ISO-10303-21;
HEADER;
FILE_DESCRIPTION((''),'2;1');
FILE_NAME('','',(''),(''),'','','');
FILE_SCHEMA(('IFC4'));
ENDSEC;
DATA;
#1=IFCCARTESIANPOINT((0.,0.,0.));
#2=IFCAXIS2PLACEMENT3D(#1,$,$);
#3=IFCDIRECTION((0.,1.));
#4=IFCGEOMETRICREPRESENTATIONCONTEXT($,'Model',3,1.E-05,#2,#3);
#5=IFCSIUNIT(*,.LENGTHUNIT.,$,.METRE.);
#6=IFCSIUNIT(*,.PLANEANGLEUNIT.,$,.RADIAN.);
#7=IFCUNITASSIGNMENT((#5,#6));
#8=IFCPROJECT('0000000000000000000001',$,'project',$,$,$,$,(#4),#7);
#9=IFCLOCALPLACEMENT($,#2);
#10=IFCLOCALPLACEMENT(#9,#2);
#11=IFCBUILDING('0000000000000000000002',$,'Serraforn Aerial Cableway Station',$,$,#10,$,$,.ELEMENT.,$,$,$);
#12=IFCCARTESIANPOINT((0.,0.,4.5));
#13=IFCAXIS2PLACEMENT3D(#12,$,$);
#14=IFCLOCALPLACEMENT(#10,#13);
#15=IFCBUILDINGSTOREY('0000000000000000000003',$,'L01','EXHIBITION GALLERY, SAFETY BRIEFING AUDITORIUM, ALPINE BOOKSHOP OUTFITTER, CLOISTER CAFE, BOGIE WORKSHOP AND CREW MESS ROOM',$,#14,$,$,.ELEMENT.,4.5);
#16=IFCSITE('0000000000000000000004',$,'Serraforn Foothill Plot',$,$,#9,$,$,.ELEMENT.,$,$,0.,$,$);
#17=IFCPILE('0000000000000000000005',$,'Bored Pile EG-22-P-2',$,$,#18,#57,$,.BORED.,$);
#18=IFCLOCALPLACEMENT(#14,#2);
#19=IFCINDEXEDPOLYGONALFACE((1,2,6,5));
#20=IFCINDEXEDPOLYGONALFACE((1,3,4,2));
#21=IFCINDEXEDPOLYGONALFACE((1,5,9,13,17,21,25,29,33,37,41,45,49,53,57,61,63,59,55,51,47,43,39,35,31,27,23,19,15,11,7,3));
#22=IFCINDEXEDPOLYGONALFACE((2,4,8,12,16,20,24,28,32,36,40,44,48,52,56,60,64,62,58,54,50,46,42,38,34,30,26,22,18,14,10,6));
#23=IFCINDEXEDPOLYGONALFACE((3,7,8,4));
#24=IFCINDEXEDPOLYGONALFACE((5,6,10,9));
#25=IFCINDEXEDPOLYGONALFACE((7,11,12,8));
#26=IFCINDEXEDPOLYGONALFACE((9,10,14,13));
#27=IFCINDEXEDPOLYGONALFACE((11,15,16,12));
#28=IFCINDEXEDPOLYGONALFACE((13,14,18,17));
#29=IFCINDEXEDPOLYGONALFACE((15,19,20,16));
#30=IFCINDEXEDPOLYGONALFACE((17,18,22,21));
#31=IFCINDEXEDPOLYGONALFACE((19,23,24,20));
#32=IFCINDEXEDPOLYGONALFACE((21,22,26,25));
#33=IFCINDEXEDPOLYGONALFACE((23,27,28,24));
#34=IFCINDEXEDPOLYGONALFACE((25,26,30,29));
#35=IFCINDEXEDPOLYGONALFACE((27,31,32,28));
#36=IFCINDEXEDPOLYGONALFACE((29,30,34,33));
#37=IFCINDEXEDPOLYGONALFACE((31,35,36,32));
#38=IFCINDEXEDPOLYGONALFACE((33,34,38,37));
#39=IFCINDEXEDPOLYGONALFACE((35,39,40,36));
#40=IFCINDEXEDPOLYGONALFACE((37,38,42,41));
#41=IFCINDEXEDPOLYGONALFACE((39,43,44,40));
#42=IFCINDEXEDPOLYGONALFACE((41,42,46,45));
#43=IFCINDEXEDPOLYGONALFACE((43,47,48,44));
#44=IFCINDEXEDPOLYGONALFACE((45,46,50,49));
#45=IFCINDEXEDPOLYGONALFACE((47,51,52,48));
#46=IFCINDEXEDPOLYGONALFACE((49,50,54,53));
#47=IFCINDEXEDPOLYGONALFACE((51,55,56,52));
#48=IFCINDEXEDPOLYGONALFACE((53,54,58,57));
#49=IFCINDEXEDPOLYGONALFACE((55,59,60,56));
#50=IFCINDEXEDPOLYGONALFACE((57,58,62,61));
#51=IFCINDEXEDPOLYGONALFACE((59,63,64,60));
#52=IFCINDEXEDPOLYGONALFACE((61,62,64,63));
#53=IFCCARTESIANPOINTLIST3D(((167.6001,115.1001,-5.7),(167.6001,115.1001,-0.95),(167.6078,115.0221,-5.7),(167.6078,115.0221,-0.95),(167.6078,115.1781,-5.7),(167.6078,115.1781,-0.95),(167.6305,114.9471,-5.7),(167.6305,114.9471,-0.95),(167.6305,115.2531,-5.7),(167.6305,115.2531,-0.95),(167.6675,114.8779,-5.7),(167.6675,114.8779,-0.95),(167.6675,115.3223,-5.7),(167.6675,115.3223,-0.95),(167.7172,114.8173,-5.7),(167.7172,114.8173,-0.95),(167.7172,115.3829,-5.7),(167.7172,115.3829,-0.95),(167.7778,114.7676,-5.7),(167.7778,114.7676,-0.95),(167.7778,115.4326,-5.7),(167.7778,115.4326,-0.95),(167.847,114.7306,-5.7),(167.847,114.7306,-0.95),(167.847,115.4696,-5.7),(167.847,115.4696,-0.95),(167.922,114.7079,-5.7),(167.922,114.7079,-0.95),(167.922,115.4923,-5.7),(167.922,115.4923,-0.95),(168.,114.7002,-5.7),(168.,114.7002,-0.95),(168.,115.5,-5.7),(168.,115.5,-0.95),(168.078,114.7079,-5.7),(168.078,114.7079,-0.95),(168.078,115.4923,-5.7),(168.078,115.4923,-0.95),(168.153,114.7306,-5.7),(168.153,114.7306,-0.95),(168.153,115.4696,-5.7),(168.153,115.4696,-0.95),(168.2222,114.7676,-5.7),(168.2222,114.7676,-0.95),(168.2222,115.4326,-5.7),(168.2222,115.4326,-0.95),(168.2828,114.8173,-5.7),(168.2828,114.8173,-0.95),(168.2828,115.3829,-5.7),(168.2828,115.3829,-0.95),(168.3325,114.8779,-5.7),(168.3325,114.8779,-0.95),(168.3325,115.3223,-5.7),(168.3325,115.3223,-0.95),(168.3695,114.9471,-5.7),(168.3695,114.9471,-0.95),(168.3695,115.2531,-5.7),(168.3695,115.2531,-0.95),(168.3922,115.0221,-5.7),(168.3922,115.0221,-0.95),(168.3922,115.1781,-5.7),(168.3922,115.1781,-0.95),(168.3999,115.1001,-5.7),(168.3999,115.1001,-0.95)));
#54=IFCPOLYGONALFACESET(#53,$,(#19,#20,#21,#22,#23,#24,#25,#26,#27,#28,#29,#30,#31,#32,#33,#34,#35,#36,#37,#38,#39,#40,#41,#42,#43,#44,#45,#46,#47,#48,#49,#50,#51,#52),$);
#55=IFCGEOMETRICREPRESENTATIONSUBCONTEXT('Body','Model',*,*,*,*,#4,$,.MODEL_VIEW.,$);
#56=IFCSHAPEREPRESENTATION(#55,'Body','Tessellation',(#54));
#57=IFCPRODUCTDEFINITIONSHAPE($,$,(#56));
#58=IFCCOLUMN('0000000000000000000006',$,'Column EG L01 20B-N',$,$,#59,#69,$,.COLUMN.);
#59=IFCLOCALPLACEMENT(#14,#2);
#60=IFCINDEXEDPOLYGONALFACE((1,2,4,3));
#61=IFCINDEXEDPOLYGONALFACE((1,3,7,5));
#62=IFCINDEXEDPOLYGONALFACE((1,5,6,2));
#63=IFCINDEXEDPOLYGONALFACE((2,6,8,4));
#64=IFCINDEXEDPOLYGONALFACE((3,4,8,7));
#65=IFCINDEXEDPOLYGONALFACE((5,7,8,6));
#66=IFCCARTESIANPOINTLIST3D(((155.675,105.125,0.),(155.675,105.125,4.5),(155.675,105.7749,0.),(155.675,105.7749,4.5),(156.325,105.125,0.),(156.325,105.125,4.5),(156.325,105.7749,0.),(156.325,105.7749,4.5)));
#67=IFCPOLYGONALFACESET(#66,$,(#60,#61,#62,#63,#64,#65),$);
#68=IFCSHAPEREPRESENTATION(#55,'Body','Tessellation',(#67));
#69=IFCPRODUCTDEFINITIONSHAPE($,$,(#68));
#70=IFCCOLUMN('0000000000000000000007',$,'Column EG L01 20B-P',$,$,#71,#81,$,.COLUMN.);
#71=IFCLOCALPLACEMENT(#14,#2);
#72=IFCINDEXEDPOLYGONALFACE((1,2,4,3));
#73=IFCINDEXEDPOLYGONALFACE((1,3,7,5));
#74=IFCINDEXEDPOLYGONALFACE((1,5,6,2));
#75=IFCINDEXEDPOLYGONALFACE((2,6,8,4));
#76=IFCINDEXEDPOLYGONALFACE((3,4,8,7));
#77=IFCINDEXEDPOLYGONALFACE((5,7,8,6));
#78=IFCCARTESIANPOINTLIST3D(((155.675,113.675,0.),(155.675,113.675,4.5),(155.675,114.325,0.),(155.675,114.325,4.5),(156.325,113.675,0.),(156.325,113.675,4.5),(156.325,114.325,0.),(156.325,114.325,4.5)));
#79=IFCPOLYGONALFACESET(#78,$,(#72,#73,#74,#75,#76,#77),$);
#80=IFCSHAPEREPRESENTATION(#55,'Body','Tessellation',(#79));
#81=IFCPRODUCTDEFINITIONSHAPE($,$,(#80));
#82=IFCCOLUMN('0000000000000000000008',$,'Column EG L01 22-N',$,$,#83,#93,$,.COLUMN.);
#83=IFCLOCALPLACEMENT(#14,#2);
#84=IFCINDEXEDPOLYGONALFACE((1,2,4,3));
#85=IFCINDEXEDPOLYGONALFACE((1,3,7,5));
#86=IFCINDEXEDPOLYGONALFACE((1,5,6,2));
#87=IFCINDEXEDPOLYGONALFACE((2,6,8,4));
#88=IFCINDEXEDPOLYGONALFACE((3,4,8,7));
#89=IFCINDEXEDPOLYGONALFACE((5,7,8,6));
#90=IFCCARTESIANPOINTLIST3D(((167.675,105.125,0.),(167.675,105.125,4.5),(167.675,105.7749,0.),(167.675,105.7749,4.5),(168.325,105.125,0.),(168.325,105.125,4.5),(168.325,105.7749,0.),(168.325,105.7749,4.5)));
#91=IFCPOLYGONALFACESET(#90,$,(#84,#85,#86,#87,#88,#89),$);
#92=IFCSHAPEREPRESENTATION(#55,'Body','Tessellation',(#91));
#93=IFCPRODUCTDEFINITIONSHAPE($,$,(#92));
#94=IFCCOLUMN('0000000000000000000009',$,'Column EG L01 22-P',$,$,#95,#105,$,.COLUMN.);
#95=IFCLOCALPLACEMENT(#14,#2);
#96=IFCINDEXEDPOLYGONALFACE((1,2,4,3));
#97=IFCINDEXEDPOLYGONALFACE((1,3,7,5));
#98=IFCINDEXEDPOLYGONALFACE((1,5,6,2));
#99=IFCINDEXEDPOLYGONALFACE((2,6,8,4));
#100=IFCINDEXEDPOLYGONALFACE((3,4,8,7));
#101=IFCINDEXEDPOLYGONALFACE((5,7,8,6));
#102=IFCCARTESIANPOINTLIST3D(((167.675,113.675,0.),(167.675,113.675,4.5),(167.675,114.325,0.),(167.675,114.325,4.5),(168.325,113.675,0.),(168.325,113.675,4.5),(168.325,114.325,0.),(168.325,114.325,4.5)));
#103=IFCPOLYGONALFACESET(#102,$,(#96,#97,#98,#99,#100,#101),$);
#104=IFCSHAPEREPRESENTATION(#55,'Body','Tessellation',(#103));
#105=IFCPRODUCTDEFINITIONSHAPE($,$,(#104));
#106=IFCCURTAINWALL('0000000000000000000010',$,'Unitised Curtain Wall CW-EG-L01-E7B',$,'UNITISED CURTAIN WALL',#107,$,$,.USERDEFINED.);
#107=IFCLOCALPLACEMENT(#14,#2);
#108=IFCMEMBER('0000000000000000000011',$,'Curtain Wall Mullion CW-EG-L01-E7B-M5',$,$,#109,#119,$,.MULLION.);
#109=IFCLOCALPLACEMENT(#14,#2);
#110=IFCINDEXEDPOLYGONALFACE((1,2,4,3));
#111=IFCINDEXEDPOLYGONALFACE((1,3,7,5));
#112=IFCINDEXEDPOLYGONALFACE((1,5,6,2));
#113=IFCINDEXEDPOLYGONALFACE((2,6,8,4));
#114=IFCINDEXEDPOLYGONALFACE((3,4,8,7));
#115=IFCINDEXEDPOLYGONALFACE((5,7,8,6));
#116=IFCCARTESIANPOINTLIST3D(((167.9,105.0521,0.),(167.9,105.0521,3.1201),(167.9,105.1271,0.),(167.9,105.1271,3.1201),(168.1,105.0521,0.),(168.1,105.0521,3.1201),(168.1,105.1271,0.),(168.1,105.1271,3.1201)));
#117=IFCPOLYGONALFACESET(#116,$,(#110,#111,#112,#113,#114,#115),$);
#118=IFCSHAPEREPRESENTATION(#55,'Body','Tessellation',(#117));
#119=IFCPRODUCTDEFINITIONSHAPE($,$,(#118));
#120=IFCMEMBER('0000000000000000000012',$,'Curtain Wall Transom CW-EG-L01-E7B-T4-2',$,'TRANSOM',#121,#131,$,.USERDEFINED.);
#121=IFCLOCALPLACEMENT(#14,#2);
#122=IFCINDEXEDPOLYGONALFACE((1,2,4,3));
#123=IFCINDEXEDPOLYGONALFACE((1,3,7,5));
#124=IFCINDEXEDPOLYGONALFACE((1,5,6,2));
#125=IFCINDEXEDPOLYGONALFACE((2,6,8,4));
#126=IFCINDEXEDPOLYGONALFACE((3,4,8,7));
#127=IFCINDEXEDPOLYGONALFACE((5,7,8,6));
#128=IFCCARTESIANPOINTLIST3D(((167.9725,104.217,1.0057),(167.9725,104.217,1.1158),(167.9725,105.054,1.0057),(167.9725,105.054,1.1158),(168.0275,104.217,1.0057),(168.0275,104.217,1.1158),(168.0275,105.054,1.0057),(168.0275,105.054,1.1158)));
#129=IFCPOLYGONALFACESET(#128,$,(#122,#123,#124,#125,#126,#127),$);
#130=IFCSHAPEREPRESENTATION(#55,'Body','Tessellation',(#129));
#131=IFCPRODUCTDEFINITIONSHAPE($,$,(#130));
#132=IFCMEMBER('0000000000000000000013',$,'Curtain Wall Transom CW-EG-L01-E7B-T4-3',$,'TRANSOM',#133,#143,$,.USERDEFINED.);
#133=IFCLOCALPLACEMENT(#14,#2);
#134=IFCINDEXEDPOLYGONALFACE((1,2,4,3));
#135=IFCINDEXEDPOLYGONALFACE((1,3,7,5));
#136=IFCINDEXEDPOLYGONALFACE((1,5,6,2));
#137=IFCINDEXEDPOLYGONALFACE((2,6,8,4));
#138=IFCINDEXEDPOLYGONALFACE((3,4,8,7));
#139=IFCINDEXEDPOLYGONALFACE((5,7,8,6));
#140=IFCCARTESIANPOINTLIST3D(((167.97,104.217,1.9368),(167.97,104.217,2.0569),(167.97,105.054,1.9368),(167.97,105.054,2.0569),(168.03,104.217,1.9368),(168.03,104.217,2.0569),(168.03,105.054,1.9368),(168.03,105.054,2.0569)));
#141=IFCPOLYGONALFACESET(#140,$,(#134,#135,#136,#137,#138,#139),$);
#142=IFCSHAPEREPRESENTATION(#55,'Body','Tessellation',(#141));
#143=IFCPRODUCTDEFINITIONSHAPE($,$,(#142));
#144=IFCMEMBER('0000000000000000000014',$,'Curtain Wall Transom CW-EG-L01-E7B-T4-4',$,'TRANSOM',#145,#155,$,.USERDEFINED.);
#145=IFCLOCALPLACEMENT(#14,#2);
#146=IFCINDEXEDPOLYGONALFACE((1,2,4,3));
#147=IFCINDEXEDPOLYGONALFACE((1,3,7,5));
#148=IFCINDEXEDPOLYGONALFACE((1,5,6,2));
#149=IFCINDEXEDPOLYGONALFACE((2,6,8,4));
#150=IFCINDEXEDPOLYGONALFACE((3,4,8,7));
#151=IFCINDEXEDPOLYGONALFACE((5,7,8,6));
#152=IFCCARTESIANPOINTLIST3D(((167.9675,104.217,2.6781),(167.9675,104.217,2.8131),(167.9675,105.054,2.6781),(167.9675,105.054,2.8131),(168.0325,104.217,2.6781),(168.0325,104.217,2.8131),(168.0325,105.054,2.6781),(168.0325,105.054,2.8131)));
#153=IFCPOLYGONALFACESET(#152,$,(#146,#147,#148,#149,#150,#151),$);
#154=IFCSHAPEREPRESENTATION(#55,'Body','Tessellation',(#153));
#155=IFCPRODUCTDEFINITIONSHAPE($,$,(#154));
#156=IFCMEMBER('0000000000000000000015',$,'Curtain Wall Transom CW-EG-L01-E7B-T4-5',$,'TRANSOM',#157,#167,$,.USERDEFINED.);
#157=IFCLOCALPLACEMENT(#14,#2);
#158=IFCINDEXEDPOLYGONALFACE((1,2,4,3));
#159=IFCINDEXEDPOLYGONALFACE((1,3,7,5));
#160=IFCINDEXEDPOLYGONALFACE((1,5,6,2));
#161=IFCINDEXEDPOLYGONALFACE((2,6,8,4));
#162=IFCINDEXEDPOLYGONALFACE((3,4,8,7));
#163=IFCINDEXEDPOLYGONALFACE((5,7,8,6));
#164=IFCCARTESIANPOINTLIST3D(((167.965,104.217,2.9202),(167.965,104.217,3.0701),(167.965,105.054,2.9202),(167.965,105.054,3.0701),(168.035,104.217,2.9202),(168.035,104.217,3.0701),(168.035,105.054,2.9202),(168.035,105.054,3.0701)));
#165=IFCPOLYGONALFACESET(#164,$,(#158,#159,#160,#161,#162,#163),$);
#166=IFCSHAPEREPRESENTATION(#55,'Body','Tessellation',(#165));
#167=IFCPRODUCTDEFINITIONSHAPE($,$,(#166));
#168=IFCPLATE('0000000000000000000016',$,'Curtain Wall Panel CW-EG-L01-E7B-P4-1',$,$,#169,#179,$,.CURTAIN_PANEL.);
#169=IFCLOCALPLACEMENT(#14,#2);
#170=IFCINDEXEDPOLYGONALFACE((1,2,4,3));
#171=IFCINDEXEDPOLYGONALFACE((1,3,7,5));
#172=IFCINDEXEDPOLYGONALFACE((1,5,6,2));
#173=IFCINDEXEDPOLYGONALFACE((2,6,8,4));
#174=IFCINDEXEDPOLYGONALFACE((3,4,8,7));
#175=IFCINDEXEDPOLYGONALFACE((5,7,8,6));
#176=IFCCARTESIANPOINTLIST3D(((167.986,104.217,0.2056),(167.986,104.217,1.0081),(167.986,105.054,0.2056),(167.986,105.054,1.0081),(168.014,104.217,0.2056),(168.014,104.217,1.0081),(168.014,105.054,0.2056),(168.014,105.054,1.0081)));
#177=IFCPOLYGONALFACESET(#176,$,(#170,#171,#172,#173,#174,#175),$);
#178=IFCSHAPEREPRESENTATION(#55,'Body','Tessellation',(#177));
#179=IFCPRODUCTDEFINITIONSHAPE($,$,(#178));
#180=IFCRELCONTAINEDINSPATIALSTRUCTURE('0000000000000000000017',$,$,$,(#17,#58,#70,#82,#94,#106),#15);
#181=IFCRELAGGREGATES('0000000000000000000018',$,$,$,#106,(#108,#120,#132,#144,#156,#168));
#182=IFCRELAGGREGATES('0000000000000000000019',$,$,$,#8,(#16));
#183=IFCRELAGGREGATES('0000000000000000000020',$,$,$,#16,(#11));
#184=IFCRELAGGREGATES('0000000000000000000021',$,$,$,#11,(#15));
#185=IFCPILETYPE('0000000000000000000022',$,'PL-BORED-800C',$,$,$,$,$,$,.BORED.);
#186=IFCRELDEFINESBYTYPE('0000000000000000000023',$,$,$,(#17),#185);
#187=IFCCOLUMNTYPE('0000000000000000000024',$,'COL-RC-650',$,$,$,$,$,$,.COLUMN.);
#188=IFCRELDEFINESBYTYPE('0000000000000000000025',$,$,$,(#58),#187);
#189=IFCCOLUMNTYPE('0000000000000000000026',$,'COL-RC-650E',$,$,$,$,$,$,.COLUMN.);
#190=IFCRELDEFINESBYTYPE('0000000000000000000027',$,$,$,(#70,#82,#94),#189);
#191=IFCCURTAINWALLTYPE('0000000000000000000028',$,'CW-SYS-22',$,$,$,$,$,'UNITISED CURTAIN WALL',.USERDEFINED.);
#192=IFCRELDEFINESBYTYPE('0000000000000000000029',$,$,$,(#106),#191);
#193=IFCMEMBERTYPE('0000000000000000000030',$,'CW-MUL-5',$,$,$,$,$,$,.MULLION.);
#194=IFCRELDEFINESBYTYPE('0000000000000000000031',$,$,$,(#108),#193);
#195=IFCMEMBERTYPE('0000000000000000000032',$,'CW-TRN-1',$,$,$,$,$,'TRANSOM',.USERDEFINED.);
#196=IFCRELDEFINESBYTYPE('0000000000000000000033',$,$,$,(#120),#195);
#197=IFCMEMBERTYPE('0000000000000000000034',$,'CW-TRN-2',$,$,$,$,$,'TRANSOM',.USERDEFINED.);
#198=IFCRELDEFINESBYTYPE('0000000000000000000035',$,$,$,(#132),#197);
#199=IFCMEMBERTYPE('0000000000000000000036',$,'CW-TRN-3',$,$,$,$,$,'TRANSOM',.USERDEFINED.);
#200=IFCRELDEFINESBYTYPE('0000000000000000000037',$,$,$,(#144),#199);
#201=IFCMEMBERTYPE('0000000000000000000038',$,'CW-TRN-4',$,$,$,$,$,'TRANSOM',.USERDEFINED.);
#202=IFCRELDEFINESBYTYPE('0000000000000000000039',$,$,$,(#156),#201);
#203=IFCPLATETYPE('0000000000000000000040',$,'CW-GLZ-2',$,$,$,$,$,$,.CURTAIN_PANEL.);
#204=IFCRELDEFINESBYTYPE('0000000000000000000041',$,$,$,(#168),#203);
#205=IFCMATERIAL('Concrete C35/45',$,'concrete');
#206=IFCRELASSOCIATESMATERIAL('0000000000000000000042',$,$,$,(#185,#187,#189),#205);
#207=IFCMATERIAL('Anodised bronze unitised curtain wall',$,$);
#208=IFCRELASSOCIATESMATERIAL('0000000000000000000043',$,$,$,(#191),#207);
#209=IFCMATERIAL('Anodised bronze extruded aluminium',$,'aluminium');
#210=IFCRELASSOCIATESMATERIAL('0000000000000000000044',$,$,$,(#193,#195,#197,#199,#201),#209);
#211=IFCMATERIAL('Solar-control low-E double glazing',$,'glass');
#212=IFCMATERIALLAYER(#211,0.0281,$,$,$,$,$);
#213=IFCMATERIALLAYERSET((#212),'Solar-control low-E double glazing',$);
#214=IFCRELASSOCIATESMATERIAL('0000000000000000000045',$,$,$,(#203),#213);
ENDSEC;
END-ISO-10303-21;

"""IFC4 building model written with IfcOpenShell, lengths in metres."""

from ifc_helpers import new_model, si_unit, direction, frame, origin, origin_2d, place, context, subcontext, project, spatial, rectangle, circle, extrude, material, layer, layer_set, material_profile, profile_set, type_object, element, aggregate, save


model = new_model("IFC4")

# Units and contexts
model_context = context("Model", 3, precision=1e-05, world=origin(), true_north=direction((0.0, 1.0)))
body_context = subcontext(model_context, "Body", "Model", "MODEL_VIEW")
ifc_project = project(units=[si_unit("LENGTHUNIT", "METRE"), si_unit("PLANEANGLEUNIT", "RADIAN")], contexts=[model_context])

# Site, building, storey
site_placement = place(None, origin())
site = spatial("IfcSite", under=ifc_project, at=site_placement, Name="Serraforn Foothill Plot", CompositionType="ELEMENT", RefElevation=0.0)
building_placement = place(site_placement, origin())
building = spatial("IfcBuilding", under=site, at=building_placement, Name="Serraforn Aerial Cableway Station", CompositionType="ELEMENT")
storey_placement = place(building_placement, frame((0.0, 0.0, 4.5)))
storey = spatial("IfcBuildingStorey", under=building, at=storey_placement, Name="L01", Description="EXHIBITION GALLERY, SAFETY BRIEFING AUDITORIUM, ALPINE BOOKSHOP OUTFITTER, CLOISTER CAFE, BOGIE WORKSHOP AND CREW MESS ROOM", CompositionType="ELEMENT", Elevation=4.5)

# Shared definitions
ifc_material_1 = material(Name="Concrete C35/45", Category="concrete")

# Pile
ifc_material_profile_1 = material_profile(ifc_material_1, circle(Radius=0.3999, at=origin_2d()), Name="BORED PILE D800")
ifc_profile_set_1 = profile_set([ifc_material_profile_1], Name="Concrete C35/45")
pile_type_1 = type_object("IfcPileType", Name="PL-BORED-800C", PredefinedType="BORED", material=ifc_profile_set_1)
for number, where, z_axis, x_axis, name in (
    (1, (168.0, 115.1001, -0.95), (0.0, 0.0, -1.0), (1.0, 0.0, 0.0), "Bored Pile EG-22-P-2"),
):
    element("IfcPile", number, at=place(storey_placement, frame(where, z_axis=z_axis, x_axis=x_axis)), inside=storey, type_object=pile_type_1, Name=name, PredefinedType="BORED", context=body_context, shape_type="SweptSolid", body=[
        extrude(circle(Radius=0.3999, at=origin_2d()), origin(), (0.0, 0.0, 1.0), 4.75),
    ])

# Columns
ifc_material_profile_2 = material_profile(ifc_material_1, rectangle(XDim=0.6499, YDim=0.6499, at=origin_2d()), Name="RC 650x650")
ifc_profile_set_2 = profile_set([ifc_material_profile_2], Name="Concrete C35/45")
column_type_1 = type_object("IfcColumnType", Name="COL-RC-650", PredefinedType="COLUMN", material=ifc_profile_set_2)
column_placement = place(storey_placement, frame((156.0, 105.45, 0.0), z_axis=(0.0, 0.0, 1.0), x_axis=(1.0, 0.0, 0.0)))
element("IfcColumn", 2, at=column_placement, inside=storey, type_object=column_type_1, Name="Column EG L01 20B-N", PredefinedType="COLUMN", context=body_context, shape_type="SweptSolid", body=[
    extrude(rectangle(XDim=0.6499, YDim=0.6499, at=origin_2d()), origin(), (0.0, 0.0, 1.0), 4.5),
])
ifc_material_profile_3 = material_profile(ifc_material_1, rectangle(XDim=0.6499, YDim=0.6499, at=origin_2d()), Name="RC 650x650")
ifc_profile_set_3 = profile_set([ifc_material_profile_3], Name="Concrete C35/45")
column_type_2 = type_object("IfcColumnType", Name="COL-RC-650E", PredefinedType="COLUMN", material=ifc_profile_set_3)
for number, where, z_axis, x_axis, name in (
    (3, (156.0, 114.0, 0.0), (0.0, 0.0, 1.0), (1.0, 0.0, 0.0), "Column EG L01 20B-P"),
    (4, (168.0, 105.45, 0.0), (0.0, 0.0, 1.0), (1.0, 0.0, 0.0), "Column EG L01 22-N"),
    (5, (168.0, 114.0, 0.0), (0.0, 0.0, 1.0), (1.0, 0.0, 0.0), "Column EG L01 22-P"),
):
    element("IfcColumn", number, at=place(storey_placement, frame(where, z_axis=z_axis, x_axis=x_axis)), inside=storey, type_object=column_type_2, Name=name, PredefinedType="COLUMN", context=body_context, shape_type="SweptSolid", body=[
        extrude(rectangle(XDim=0.6499, YDim=0.6499, at=origin_2d()), origin(), (0.0, 0.0, 1.0), 4.5),
    ])

# Curtain wall, members, plate
ifc_material_2 = material(Name="Anodised bronze unitised curtain wall")
curtain_wall_type = type_object("IfcCurtainWallType", Name="CW-SYS-22", ElementType="UNITISED CURTAIN WALL", PredefinedType="USERDEFINED", material=ifc_material_2)
curtain_wall_placement = place(storey_placement, origin())
curtain_wall = element("IfcCurtainWall", 6, at=curtain_wall_placement, inside=storey, type_object=curtain_wall_type, Name="Unitised Curtain Wall CW-EG-L01-E7B", ObjectType="UNITISED CURTAIN WALL", PredefinedType="USERDEFINED")
ifc_material_3 = material(Name="Anodised bronze extruded aluminium", Category="aluminium")
ifc_material_profile_4 = material_profile(ifc_material_3, rectangle(XDim=0.075, YDim=0.2, at=origin_2d()), Name="CW MULLION 75x200")
ifc_profile_set_4 = profile_set([ifc_material_profile_4], Name="Anodised bronze extruded aluminium")
member_type_1 = type_object("IfcMemberType", Name="CW-MUL-5", PredefinedType="MULLION", material=ifc_profile_set_4)
member_1_placement = place(storey_placement, frame((168.0, 105.0896, 0.0), z_axis=(0.0, 0.0, 1.0), x_axis=(0.0, 1.0, 0.0)))
member_1 = element("IfcMember", 7, at=member_1_placement, type_object=member_type_1, Name="Curtain Wall Mullion CW-EG-L01-E7B-M5", PredefinedType="MULLION", context=body_context, shape_type="SweptSolid", body=[
    extrude(rectangle(XDim=0.075, YDim=0.2, at=origin_2d()), origin(), (0.0, 0.0, 1.0), 3.1201),
])
ifc_material_profile_5 = material_profile(ifc_material_3, rectangle(XDim=0.0549, YDim=0.1101, at=origin_2d()), Name="CW TRANSOM 55x110")
ifc_profile_set_5 = profile_set([ifc_material_profile_5], Name="Anodised bronze extruded aluminium")
member_type_2 = type_object("IfcMemberType", Name="CW-TRN-1", ElementType="TRANSOM", PredefinedType="USERDEFINED", material=ifc_profile_set_5)
member_2_placement = place(storey_placement, frame((168.0, 104.217, 1.0608), z_axis=(0.0, 1.0, 0.0), x_axis=(-1.0, 0.0, 0.0)))
member_2 = element("IfcMember", 8, at=member_2_placement, type_object=member_type_2, Name="Curtain Wall Transom CW-EG-L01-E7B-T4-2", ObjectType="TRANSOM", PredefinedType="USERDEFINED", context=body_context, shape_type="SweptSolid", body=[
    extrude(rectangle(XDim=0.0549, YDim=0.1101, at=origin_2d()), origin(), (0.0, 0.0, 1.0), 0.8369),
])
ifc_material_profile_6 = material_profile(ifc_material_3, rectangle(XDim=0.0601, YDim=0.1201, at=origin_2d()), Name="CW TRANSOM 60x120")
ifc_profile_set_6 = profile_set([ifc_material_profile_6], Name="Anodised bronze extruded aluminium")
member_type_3 = type_object("IfcMemberType", Name="CW-TRN-2", ElementType="TRANSOM", PredefinedType="USERDEFINED", material=ifc_profile_set_6)
member_3_placement = place(storey_placement, frame((168.0, 104.217, 1.9968), z_axis=(0.0, 1.0, 0.0), x_axis=(-1.0, 0.0, 0.0)))
member_3 = element("IfcMember", 9, at=member_3_placement, type_object=member_type_3, Name="Curtain Wall Transom CW-EG-L01-E7B-T4-3", ObjectType="TRANSOM", PredefinedType="USERDEFINED", context=body_context, shape_type="SweptSolid", body=[
    extrude(rectangle(XDim=0.0601, YDim=0.1201, at=origin_2d()), origin(), (0.0, 0.0, 1.0), 0.8369),
])
ifc_material_profile_7 = material_profile(ifc_material_3, rectangle(XDim=0.0649, YDim=0.135, at=origin_2d()), Name="CW TRANSOM 65x135")
ifc_profile_set_7 = profile_set([ifc_material_profile_7], Name="Anodised bronze extruded aluminium")
member_type_4 = type_object("IfcMemberType", Name="CW-TRN-3", ElementType="TRANSOM", PredefinedType="USERDEFINED", material=ifc_profile_set_7)
member_4_placement = place(storey_placement, frame((168.0, 104.217, 2.7456), z_axis=(0.0, 1.0, 0.0), x_axis=(-1.0, 0.0, 0.0)))
member_4 = element("IfcMember", 10, at=member_4_placement, type_object=member_type_4, Name="Curtain Wall Transom CW-EG-L01-E7B-T4-4", ObjectType="TRANSOM", PredefinedType="USERDEFINED", context=body_context, shape_type="SweptSolid", body=[
    extrude(rectangle(XDim=0.0649, YDim=0.135, at=origin_2d()), origin(), (0.0, 0.0, 1.0), 0.8369),
])
ifc_material_profile_8 = material_profile(ifc_material_3, rectangle(XDim=0.0701, YDim=0.1499, at=origin_2d()), Name="CW TRANSOM 70x150")
ifc_profile_set_8 = profile_set([ifc_material_profile_8], Name="Anodised bronze extruded aluminium")
member_type_5 = type_object("IfcMemberType", Name="CW-TRN-4", ElementType="TRANSOM", PredefinedType="USERDEFINED", material=ifc_profile_set_8)
member_5_placement = place(storey_placement, frame((168.0, 104.217, 2.9951), z_axis=(0.0, 1.0, 0.0), x_axis=(-1.0, 0.0, 0.0)))
member_5 = element("IfcMember", 11, at=member_5_placement, type_object=member_type_5, Name="Curtain Wall Transom CW-EG-L01-E7B-T4-5", ObjectType="TRANSOM", PredefinedType="USERDEFINED", context=body_context, shape_type="SweptSolid", body=[
    extrude(rectangle(XDim=0.0701, YDim=0.1499, at=origin_2d()), origin(), (0.0, 0.0, 1.0), 0.8369),
])
ifc_material_4 = material(Name="Solar-control low-E double glazing", Category="glass")
ifc_layer_1 = layer(ifc_material_4, 0.0281)
ifc_layer_set_1 = layer_set([ifc_layer_1], Name="Solar-control low-E double glazing")
plate_type_1 = type_object("IfcPlateType", Name="CW-GLZ-2", PredefinedType="CURTAIN_PANEL", material=ifc_layer_set_1)
plate_1_placement = place(storey_placement, frame((168.0, 104.6355, 0.2056), z_axis=(0.0, 0.0, 1.0), x_axis=(1.0, 0.0, 0.0)))
plate_1 = element("IfcPlate", 12, at=plate_1_placement, type_object=plate_type_1, Name="Curtain Wall Panel CW-EG-L01-E7B-P4-1", PredefinedType="CURTAIN_PANEL", context=body_context, shape_type="SweptSolid", body=[
    extrude(rectangle(XDim=0.0281, YDim=0.8369, at=origin_2d()), origin(), (0.0, 0.0, 1.0), 0.8025),
])
aggregate(curtain_wall, [member_1, member_2, member_3, member_4, member_5, plate_1])

save(model, "model.ifc")
